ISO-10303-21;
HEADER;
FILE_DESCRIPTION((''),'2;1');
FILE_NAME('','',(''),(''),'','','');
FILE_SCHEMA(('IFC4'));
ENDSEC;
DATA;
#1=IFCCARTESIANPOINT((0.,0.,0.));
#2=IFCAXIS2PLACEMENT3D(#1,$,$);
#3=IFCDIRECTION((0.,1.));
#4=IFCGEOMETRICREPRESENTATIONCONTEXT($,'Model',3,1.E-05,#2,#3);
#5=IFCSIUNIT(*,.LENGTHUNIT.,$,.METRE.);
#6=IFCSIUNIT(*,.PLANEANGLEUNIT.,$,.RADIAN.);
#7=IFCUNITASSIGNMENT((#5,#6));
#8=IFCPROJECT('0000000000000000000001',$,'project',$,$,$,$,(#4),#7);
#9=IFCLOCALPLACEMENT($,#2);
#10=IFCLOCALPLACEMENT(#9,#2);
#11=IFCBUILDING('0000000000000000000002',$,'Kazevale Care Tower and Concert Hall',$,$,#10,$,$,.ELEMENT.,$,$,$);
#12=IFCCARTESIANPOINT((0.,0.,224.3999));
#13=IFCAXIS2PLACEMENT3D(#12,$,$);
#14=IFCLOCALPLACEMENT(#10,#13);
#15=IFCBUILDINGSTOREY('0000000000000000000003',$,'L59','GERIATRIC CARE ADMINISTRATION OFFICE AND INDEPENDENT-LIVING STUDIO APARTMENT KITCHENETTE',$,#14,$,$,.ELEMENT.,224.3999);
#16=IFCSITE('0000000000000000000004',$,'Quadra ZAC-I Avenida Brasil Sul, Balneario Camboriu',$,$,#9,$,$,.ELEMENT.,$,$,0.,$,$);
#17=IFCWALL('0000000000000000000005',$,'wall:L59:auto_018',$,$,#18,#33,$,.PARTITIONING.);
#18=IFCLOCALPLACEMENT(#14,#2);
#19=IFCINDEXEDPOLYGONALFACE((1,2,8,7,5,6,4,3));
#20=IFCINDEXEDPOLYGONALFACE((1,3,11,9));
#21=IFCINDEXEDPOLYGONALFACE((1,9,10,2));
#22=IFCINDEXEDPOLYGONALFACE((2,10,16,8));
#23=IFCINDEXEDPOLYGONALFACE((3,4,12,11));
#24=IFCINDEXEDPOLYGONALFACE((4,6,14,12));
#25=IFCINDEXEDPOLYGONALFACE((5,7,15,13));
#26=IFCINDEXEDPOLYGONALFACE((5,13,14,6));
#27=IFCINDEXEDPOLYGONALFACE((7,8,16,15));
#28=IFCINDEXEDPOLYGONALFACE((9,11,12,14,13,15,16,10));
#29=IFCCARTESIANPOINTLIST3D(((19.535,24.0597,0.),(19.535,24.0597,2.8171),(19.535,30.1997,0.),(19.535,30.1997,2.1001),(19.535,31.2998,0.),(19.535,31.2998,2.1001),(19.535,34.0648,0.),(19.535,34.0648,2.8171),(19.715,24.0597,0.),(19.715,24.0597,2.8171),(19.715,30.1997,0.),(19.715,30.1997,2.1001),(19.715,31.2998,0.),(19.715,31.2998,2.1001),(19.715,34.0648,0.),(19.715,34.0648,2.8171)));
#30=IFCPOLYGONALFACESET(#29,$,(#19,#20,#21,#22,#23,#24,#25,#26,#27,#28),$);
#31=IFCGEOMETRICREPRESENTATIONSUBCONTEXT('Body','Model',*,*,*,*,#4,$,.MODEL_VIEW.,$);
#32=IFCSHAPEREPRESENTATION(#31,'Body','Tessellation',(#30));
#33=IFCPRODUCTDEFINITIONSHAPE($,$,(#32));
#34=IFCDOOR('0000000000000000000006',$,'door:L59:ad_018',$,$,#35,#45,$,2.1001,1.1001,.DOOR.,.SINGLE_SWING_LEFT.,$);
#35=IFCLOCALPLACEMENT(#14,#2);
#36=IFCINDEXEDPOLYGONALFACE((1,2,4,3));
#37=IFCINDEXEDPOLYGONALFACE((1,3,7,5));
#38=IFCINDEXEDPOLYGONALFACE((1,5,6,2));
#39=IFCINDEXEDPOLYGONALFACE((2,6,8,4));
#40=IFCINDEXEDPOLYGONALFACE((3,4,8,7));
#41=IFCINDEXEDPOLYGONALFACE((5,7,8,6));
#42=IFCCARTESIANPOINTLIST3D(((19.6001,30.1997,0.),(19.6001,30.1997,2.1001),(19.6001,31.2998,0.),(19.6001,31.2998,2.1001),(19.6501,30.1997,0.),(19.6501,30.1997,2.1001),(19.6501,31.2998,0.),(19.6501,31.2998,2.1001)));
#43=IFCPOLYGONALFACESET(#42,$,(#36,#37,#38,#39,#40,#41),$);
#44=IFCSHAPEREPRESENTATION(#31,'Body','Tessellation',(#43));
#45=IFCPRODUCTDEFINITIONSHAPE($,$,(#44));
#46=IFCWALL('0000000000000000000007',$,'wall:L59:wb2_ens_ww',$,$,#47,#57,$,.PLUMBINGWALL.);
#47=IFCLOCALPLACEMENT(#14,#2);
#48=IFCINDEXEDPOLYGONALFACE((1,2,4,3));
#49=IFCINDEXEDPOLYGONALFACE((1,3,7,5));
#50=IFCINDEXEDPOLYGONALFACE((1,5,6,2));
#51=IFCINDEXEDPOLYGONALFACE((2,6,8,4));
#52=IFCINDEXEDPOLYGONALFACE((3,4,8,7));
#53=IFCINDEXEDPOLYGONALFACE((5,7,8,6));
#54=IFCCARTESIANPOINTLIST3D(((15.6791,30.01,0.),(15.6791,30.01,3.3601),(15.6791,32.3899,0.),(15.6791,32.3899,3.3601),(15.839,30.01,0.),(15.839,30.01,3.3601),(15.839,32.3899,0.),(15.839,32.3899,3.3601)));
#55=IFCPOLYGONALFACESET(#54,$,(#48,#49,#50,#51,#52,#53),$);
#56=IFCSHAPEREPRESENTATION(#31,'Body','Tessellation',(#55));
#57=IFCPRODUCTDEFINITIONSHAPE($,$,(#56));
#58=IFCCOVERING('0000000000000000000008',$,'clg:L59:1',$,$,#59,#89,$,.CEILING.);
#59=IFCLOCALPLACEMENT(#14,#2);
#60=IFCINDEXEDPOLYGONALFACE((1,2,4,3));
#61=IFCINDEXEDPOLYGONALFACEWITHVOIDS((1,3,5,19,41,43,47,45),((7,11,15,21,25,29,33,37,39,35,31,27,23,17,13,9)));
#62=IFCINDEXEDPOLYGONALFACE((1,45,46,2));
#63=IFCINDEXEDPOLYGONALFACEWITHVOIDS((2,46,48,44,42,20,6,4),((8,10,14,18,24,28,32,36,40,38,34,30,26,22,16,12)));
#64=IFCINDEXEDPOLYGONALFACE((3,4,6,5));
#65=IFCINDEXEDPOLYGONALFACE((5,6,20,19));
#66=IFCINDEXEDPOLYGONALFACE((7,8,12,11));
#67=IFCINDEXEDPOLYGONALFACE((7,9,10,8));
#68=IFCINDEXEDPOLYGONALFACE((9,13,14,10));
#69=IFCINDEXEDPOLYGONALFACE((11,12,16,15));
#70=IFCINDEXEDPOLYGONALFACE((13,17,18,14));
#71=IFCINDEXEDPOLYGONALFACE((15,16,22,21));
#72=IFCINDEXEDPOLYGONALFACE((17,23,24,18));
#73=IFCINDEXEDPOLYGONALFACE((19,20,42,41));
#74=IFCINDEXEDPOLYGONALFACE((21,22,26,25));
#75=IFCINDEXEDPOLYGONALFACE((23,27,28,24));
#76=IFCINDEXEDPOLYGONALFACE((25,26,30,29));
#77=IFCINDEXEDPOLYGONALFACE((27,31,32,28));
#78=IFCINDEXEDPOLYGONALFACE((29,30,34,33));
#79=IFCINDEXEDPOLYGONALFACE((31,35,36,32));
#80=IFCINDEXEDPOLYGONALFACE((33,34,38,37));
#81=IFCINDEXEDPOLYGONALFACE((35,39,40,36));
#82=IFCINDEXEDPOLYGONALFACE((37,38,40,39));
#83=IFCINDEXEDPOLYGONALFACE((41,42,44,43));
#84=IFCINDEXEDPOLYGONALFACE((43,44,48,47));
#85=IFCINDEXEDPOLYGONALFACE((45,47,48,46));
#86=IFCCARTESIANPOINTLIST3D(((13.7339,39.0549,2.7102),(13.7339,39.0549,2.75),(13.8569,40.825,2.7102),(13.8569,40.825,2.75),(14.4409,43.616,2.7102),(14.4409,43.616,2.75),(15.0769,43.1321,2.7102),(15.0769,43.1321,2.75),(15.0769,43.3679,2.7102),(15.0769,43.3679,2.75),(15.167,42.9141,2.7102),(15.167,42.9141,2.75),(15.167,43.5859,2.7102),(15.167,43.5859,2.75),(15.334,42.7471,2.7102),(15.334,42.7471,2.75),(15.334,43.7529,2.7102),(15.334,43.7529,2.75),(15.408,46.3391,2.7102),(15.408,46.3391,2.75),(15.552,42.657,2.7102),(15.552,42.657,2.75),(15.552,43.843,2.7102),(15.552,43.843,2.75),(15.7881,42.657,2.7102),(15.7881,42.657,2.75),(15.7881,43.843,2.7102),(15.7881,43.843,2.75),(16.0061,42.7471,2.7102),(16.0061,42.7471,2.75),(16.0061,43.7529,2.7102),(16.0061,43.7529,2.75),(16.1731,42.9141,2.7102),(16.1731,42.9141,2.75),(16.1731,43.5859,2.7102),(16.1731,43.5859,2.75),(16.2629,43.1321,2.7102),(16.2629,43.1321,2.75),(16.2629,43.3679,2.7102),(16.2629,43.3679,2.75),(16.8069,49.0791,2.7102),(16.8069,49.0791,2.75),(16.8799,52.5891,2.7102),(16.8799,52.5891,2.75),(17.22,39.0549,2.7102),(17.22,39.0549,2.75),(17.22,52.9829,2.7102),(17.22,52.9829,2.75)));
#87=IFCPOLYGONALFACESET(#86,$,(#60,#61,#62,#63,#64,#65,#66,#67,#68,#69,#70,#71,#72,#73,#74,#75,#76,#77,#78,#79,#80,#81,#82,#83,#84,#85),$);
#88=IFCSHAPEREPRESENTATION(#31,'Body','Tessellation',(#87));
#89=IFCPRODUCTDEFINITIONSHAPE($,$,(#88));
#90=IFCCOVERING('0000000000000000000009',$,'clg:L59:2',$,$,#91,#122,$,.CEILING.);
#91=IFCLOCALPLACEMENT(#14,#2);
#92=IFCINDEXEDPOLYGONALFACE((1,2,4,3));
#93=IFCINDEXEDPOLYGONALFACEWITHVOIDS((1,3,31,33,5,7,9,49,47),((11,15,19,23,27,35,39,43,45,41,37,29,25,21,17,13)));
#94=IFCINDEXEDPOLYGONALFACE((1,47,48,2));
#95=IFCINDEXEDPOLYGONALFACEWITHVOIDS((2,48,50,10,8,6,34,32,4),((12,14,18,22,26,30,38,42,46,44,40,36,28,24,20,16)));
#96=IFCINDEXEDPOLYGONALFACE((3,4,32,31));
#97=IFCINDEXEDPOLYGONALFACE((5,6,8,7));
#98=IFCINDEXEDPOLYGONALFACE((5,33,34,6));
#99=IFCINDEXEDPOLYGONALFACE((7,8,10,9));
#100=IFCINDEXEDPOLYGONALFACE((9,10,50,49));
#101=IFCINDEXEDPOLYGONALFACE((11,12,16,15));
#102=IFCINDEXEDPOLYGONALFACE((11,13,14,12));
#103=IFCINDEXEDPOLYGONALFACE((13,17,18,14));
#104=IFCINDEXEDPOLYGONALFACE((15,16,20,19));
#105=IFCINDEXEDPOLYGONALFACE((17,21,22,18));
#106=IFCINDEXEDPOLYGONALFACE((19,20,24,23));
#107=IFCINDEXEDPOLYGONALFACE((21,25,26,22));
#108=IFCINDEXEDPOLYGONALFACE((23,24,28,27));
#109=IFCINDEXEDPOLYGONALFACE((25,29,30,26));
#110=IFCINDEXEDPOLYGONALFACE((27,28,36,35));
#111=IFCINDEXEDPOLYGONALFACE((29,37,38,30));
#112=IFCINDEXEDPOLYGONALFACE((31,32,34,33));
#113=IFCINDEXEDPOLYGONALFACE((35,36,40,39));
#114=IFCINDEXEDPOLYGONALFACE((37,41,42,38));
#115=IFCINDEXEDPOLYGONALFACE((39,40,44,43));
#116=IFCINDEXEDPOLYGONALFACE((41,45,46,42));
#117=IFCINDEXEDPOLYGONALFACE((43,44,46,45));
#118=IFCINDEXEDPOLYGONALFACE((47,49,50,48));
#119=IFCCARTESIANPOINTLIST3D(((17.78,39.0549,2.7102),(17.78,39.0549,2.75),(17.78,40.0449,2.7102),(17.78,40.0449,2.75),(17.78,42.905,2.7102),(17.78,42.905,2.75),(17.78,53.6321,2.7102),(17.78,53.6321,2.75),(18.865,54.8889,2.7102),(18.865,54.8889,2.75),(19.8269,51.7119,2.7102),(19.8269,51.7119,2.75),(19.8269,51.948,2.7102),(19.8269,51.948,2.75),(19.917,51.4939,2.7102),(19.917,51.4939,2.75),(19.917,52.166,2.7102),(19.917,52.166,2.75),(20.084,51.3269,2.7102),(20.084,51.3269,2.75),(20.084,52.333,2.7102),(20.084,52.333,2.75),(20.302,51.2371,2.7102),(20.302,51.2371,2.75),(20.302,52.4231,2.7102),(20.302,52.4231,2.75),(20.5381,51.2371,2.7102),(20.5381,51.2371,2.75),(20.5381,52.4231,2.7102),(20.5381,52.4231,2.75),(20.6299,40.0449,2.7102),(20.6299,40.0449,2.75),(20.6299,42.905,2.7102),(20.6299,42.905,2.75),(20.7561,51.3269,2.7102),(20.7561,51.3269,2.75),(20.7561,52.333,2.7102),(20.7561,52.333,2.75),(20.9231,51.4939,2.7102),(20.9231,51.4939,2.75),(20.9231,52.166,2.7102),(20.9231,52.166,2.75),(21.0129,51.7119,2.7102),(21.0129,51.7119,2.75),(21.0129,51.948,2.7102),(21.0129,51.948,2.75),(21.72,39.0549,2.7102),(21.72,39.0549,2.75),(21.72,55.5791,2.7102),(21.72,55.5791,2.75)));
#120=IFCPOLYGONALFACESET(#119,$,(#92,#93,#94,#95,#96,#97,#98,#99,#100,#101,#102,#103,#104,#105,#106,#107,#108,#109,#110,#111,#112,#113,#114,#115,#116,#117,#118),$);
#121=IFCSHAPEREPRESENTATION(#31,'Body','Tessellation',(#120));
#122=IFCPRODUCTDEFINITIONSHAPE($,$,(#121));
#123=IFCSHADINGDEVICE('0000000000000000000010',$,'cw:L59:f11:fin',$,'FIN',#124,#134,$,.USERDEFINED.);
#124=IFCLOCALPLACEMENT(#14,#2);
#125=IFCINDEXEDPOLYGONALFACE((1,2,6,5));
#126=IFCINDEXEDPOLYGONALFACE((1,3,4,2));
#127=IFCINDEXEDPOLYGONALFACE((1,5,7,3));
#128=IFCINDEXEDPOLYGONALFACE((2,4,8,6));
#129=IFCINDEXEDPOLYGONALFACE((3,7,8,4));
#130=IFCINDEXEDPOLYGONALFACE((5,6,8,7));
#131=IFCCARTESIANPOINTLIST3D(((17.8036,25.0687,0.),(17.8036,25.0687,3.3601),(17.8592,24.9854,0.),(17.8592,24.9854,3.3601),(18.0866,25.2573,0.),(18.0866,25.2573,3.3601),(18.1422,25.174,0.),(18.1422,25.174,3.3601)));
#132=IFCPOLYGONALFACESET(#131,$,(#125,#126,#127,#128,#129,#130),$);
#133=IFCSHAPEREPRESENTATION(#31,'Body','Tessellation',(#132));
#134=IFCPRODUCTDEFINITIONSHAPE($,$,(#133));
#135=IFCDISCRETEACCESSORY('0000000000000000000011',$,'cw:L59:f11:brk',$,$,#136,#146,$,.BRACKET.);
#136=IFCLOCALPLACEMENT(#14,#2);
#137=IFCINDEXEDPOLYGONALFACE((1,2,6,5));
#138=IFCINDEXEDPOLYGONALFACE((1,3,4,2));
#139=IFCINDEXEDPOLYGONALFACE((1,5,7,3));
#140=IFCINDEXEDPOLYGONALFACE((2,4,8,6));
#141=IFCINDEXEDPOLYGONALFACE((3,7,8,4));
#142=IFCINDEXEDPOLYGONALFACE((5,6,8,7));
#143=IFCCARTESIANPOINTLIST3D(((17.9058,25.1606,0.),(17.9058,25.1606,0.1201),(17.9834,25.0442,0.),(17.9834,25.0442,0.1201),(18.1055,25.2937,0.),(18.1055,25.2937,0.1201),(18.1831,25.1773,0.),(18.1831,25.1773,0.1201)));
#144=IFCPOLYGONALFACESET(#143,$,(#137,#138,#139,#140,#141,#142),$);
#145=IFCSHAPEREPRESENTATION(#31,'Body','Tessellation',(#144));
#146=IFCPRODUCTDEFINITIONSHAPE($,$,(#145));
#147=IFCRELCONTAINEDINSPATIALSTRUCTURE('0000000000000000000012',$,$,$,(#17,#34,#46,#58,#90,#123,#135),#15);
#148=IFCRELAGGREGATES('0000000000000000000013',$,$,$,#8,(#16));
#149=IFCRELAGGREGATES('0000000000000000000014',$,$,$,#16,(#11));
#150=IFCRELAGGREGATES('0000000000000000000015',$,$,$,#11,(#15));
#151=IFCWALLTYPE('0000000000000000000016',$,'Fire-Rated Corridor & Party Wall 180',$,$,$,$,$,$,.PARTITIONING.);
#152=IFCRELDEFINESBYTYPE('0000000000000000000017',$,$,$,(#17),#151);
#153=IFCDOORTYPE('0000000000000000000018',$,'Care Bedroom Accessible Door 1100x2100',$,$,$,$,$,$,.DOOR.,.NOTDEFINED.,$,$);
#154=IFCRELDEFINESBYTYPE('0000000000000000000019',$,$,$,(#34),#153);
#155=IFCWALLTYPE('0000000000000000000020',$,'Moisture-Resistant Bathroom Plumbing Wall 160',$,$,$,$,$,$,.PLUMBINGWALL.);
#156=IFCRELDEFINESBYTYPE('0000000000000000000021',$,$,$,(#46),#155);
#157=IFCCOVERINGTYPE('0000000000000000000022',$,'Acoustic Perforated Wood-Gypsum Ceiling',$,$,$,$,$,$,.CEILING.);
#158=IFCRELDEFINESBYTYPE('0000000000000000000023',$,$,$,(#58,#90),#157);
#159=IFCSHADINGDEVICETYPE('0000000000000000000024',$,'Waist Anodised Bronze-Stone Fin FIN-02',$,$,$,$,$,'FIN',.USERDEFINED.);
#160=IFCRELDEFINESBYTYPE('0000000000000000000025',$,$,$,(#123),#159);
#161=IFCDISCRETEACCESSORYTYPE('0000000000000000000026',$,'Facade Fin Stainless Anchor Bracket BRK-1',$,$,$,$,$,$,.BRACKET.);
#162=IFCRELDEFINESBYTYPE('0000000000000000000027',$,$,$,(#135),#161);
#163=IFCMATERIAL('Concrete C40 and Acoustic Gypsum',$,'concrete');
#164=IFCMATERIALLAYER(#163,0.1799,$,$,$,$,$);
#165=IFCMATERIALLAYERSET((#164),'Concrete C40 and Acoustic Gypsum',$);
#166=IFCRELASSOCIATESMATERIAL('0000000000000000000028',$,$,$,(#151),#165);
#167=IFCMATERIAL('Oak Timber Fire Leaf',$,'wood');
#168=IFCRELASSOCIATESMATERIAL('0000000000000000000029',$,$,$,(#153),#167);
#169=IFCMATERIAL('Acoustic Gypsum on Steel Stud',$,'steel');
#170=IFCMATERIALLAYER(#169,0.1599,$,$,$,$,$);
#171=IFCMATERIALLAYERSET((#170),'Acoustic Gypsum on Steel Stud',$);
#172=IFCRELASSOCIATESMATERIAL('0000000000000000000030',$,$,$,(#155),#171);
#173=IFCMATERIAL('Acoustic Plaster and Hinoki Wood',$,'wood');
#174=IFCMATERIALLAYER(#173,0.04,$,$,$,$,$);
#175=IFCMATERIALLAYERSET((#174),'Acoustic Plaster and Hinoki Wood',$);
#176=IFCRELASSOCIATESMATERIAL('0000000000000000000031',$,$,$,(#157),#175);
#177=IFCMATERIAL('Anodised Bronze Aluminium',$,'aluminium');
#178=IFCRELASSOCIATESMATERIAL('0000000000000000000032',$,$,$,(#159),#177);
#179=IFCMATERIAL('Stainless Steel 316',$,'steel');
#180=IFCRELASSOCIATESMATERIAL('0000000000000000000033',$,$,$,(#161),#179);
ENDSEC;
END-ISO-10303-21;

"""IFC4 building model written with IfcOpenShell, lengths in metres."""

from ifc_helpers import new_model, si_unit, direction, frame, frame_2d, origin, origin_2d, place, context, subcontext, project, spatial, polyline, rectangle, outline, extrude, material, layer, layer_set, type_object, element, fill, save


model = new_model("IFC4")

# Units and contexts
model_context = context("Model", 3, precision=1e-05, world=origin(), true_north=direction((0.0, 1.0)))
body_context = subcontext(model_context, "Body", "Model", "MODEL_VIEW")
ifc_project = project(units=[si_unit("LENGTHUNIT", "METRE"), si_unit("PLANEANGLEUNIT", "RADIAN")], contexts=[model_context])

# Site, building, storey
site_placement = place(None, origin())
site = spatial("IfcSite", under=ifc_project, at=site_placement, Name="Quadra ZAC-I Avenida Brasil Sul, Balneario Camboriu", CompositionType="ELEMENT", RefElevation=0.0)
building_placement = place(site_placement, origin())
building = spatial("IfcBuilding", under=site, at=building_placement, Name="Kazevale Care Tower and Concert Hall", CompositionType="ELEMENT")
storey_placement = place(building_placement, frame((0.0, 0.0, 224.3999)))
storey = spatial("IfcBuildingStorey", under=building, at=storey_placement, Name="L59", Description="GERIATRIC CARE ADMINISTRATION OFFICE AND INDEPENDENT-LIVING STUDIO APARTMENT KITCHENETTE", CompositionType="ELEMENT", Elevation=224.3999)

# Wall, opening, door
ifc_material_1 = material(Name="Concrete C40 and Acoustic Gypsum", Category="concrete")
ifc_layer_1 = layer(ifc_material_1, 0.1799)
ifc_layer_set_1 = layer_set([ifc_layer_1], Name="Concrete C40 and Acoustic Gypsum")
wall_type_1 = type_object("IfcWallType", Name="Fire-Rated Corridor & Party Wall 180", PredefinedType="PARTITIONING", material=ifc_layer_set_1)
wall_1_placement = place(storey_placement, frame((19.625, 24.0598, 0.0), z_axis=(0.0, 0.0, 1.0), x_axis=(0.0, 1.0, 0.0)))
wall_1 = element("IfcWall", 1, at=wall_1_placement, inside=storey, type_object=wall_type_1, Name="wall:L59:auto_018", PredefinedType="PARTITIONING", context=body_context, shape_type="SweptSolid", body=[
    extrude(rectangle(XDim=10.0051, YDim=0.1799, at=frame_2d((5.0024, 0.0))), origin(), (0.0, 0.0, 1.0), 2.8171),
])
opening_1_placement = place(wall_1_placement, frame((6.1399, 0.0, 0.0)))
opening_1 = element("IfcOpeningElement", 2, at=opening_1_placement, cuts=wall_1, PredefinedType="OPENING", context=body_context, shape_type="SweptSolid", body=[
    extrude(rectangle(XDim=1.1001, YDim=2.1001, at=frame_2d((0.55, 1.05))), frame((0.0, 0.0999, 0.0), z_axis=(0.0, -1.0, 0.0), x_axis=(1.0, 0.0, 0.0)), (0.0, 0.0, 1.0), 0.2),
])
ifc_material_2 = material(Name="Oak Timber Fire Leaf", Category="wood")
door_type_1 = type_object("IfcDoorType", Name="Care Bedroom Accessible Door 1100x2100", OperationType="NOTDEFINED", PredefinedType="DOOR", material=ifc_material_2)
door_1_placement = place(opening_1_placement, origin())
door_1 = element("IfcDoor", 3, at=door_1_placement, inside=storey, type_object=door_type_1, Name="door:L59:ad_018", OperationType="SINGLE_SWING_LEFT", OverallHeight=2.1001, OverallWidth=1.1001, PredefinedType="DOOR", context=body_context, shape_type="SweptSolid", body=[
    extrude(rectangle(XDim=1.1001, YDim=2.1001, at=frame_2d((0.55, 1.05))), frame((0.0, 0.0249, 0.0), z_axis=(0.0, -1.0, 0.0), x_axis=(1.0, 0.0, 0.0)), (0.0, 0.0, 1.0), 0.05),
])
fill(opening_1, door_1)

# Wall
ifc_material_3 = material(Name="Acoustic Gypsum on Steel Stud", Category="steel")
ifc_layer_2 = layer(ifc_material_3, 0.1599)
ifc_layer_set_2 = layer_set([ifc_layer_2], Name="Acoustic Gypsum on Steel Stud")
wall_type_2 = type_object("IfcWallType", Name="Moisture-Resistant Bathroom Plumbing Wall 160", PredefinedType="PLUMBINGWALL", material=ifc_layer_set_2)
wall_2_placement = place(storey_placement, frame((15.759, 30.01, 0.0), z_axis=(0.0, 0.0, 1.0), x_axis=(0.0, 1.0, 0.0)))
element("IfcWall", 4, at=wall_2_placement, inside=storey, type_object=wall_type_2, Name="wall:L59:wb2_ens_ww", PredefinedType="PLUMBINGWALL", context=body_context, shape_type="SweptSolid", body=[
    extrude(rectangle(XDim=2.3799, YDim=0.1599, at=frame_2d((1.1899, 0.0))), origin(), (0.0, 0.0, 1.0), 3.3601),
])

# Coverings
ifc_material_4 = material(Name="Acoustic Plaster and Hinoki Wood", Category="wood")
ifc_layer_3 = layer(ifc_material_4, 0.04)
ifc_layer_set_3 = layer_set([ifc_layer_3], Name="Acoustic Plaster and Hinoki Wood")
covering_type = type_object("IfcCoveringType", Name="Acoustic Perforated Wood-Gypsum Ceiling", PredefinedType="CEILING", material=ifc_layer_set_3)
covering_1_placement = place(storey_placement, frame((0.0, 0.0, 2.7102)))
element("IfcCovering", 5, at=covering_1_placement, inside=storey, type_object=covering_type, Name="clg:L59:1", PredefinedType="CEILING", context=body_context, shape_type="SweptSolid", body=[
    extrude(outline(polyline([(14.4409, 43.616), (15.408, 46.3391), (16.8069, 49.0791), (16.8799, 52.5891), (17.22, 52.9829), (17.22, 39.0549), (13.7339, 39.0549), (13.8569, 40.825), (14.4409, 43.616)]), holes=[polyline([(16.2629, 43.3679), (16.1731, 43.5859), (16.0061, 43.7529), (15.7881, 43.843), (15.552, 43.843), (15.334, 43.7529), (15.167, 43.5859), (15.0769, 43.3679), (15.0769, 43.1321), (15.167, 42.9141), (15.334, 42.7471), (15.552, 42.657), (15.7881, 42.657), (16.0061, 42.7471), (16.1731, 42.9141), (16.2629, 43.1321), (16.2629, 43.3679)])]), origin(), (0.0, 0.0, 1.0), 0.0398),
])
covering_2_placement = place(storey_placement, frame((0.0, 0.0, 2.7102)))
element("IfcCovering", 6, at=covering_2_placement, inside=storey, type_object=covering_type, Name="clg:L59:2", PredefinedType="CEILING", context=body_context, shape_type="SweptSolid", body=[
    extrude(outline(polyline([(20.6299, 40.0449), (20.6299, 42.905), (17.78, 42.905), (17.78, 53.6321), (18.865, 54.8889), (21.72, 55.5791), (21.72, 39.0549), (17.78, 39.0549), (17.78, 40.0449), (20.6299, 40.0449)]), holes=[polyline([(21.0129, 51.948), (20.9231, 52.166), (20.7561, 52.333), (20.5381, 52.4231), (20.302, 52.4231), (20.084, 52.333), (19.917, 52.166), (19.8269, 51.948), (19.8269, 51.7119), (19.917, 51.4939), (20.084, 51.3269), (20.302, 51.2371), (20.5381, 51.2371), (20.7561, 51.3269), (20.9231, 51.4939), (21.0129, 51.7119), (21.0129, 51.948)])]), origin(), (0.0, 0.0, 1.0), 0.0398),
])

# Shading device
ifc_material_5 = material(Name="Anodised Bronze Aluminium", Category="aluminium")
shading_device_type = type_object("IfcShadingDeviceType", Name="Waist Anodised Bronze-Stone Fin FIN-02", ElementType="FIN", PredefinedType="USERDEFINED", material=ifc_material_5)
shading_device_placement = place(storey_placement, frame((17.9729, 25.1213, 0.0), z_axis=(0.0, 0.0, 1.0), x_axis=(-0.832148, -0.554554, 0.0)))
element("IfcShadingDevice", 7, at=shading_device_placement, inside=storey, type_object=shading_device_type, Name="cw:L59:f11:fin", ObjectType="FIN", PredefinedType="USERDEFINED", context=body_context, shape_type="SweptSolid", body=[
    extrude(rectangle(XDim=0.3401, YDim=0.1001, at=origin_2d()), origin(), (0.0, 0.0, 1.0), 3.3601),
])

# Discrete accessory
ifc_material_6 = material(Name="Stainless Steel 316", Category="steel")
discrete_accessory_type = type_object("IfcDiscreteAccessoryType", Name="Facade Fin Stainless Anchor Bracket BRK-1", PredefinedType="BRACKET", material=ifc_material_6)
discrete_accessory_placement = place(storey_placement, frame((18.0444, 25.1689, 0.0), z_axis=(0.0, 0.0, 1.0), x_axis=(-0.832148, -0.554554, 0.0)))
element("IfcDiscreteAccessory", 8, at=discrete_accessory_placement, inside=storey, type_object=discrete_accessory_type, Name="cw:L59:f11:brk", PredefinedType="BRACKET", context=body_context, shape_type="SweptSolid", body=[
    extrude(rectangle(XDim=0.24, YDim=0.1399, at=origin_2d()), origin(), (0.0, 0.0, 1.0), 0.1201),
])

save(model, "model.ifc")
